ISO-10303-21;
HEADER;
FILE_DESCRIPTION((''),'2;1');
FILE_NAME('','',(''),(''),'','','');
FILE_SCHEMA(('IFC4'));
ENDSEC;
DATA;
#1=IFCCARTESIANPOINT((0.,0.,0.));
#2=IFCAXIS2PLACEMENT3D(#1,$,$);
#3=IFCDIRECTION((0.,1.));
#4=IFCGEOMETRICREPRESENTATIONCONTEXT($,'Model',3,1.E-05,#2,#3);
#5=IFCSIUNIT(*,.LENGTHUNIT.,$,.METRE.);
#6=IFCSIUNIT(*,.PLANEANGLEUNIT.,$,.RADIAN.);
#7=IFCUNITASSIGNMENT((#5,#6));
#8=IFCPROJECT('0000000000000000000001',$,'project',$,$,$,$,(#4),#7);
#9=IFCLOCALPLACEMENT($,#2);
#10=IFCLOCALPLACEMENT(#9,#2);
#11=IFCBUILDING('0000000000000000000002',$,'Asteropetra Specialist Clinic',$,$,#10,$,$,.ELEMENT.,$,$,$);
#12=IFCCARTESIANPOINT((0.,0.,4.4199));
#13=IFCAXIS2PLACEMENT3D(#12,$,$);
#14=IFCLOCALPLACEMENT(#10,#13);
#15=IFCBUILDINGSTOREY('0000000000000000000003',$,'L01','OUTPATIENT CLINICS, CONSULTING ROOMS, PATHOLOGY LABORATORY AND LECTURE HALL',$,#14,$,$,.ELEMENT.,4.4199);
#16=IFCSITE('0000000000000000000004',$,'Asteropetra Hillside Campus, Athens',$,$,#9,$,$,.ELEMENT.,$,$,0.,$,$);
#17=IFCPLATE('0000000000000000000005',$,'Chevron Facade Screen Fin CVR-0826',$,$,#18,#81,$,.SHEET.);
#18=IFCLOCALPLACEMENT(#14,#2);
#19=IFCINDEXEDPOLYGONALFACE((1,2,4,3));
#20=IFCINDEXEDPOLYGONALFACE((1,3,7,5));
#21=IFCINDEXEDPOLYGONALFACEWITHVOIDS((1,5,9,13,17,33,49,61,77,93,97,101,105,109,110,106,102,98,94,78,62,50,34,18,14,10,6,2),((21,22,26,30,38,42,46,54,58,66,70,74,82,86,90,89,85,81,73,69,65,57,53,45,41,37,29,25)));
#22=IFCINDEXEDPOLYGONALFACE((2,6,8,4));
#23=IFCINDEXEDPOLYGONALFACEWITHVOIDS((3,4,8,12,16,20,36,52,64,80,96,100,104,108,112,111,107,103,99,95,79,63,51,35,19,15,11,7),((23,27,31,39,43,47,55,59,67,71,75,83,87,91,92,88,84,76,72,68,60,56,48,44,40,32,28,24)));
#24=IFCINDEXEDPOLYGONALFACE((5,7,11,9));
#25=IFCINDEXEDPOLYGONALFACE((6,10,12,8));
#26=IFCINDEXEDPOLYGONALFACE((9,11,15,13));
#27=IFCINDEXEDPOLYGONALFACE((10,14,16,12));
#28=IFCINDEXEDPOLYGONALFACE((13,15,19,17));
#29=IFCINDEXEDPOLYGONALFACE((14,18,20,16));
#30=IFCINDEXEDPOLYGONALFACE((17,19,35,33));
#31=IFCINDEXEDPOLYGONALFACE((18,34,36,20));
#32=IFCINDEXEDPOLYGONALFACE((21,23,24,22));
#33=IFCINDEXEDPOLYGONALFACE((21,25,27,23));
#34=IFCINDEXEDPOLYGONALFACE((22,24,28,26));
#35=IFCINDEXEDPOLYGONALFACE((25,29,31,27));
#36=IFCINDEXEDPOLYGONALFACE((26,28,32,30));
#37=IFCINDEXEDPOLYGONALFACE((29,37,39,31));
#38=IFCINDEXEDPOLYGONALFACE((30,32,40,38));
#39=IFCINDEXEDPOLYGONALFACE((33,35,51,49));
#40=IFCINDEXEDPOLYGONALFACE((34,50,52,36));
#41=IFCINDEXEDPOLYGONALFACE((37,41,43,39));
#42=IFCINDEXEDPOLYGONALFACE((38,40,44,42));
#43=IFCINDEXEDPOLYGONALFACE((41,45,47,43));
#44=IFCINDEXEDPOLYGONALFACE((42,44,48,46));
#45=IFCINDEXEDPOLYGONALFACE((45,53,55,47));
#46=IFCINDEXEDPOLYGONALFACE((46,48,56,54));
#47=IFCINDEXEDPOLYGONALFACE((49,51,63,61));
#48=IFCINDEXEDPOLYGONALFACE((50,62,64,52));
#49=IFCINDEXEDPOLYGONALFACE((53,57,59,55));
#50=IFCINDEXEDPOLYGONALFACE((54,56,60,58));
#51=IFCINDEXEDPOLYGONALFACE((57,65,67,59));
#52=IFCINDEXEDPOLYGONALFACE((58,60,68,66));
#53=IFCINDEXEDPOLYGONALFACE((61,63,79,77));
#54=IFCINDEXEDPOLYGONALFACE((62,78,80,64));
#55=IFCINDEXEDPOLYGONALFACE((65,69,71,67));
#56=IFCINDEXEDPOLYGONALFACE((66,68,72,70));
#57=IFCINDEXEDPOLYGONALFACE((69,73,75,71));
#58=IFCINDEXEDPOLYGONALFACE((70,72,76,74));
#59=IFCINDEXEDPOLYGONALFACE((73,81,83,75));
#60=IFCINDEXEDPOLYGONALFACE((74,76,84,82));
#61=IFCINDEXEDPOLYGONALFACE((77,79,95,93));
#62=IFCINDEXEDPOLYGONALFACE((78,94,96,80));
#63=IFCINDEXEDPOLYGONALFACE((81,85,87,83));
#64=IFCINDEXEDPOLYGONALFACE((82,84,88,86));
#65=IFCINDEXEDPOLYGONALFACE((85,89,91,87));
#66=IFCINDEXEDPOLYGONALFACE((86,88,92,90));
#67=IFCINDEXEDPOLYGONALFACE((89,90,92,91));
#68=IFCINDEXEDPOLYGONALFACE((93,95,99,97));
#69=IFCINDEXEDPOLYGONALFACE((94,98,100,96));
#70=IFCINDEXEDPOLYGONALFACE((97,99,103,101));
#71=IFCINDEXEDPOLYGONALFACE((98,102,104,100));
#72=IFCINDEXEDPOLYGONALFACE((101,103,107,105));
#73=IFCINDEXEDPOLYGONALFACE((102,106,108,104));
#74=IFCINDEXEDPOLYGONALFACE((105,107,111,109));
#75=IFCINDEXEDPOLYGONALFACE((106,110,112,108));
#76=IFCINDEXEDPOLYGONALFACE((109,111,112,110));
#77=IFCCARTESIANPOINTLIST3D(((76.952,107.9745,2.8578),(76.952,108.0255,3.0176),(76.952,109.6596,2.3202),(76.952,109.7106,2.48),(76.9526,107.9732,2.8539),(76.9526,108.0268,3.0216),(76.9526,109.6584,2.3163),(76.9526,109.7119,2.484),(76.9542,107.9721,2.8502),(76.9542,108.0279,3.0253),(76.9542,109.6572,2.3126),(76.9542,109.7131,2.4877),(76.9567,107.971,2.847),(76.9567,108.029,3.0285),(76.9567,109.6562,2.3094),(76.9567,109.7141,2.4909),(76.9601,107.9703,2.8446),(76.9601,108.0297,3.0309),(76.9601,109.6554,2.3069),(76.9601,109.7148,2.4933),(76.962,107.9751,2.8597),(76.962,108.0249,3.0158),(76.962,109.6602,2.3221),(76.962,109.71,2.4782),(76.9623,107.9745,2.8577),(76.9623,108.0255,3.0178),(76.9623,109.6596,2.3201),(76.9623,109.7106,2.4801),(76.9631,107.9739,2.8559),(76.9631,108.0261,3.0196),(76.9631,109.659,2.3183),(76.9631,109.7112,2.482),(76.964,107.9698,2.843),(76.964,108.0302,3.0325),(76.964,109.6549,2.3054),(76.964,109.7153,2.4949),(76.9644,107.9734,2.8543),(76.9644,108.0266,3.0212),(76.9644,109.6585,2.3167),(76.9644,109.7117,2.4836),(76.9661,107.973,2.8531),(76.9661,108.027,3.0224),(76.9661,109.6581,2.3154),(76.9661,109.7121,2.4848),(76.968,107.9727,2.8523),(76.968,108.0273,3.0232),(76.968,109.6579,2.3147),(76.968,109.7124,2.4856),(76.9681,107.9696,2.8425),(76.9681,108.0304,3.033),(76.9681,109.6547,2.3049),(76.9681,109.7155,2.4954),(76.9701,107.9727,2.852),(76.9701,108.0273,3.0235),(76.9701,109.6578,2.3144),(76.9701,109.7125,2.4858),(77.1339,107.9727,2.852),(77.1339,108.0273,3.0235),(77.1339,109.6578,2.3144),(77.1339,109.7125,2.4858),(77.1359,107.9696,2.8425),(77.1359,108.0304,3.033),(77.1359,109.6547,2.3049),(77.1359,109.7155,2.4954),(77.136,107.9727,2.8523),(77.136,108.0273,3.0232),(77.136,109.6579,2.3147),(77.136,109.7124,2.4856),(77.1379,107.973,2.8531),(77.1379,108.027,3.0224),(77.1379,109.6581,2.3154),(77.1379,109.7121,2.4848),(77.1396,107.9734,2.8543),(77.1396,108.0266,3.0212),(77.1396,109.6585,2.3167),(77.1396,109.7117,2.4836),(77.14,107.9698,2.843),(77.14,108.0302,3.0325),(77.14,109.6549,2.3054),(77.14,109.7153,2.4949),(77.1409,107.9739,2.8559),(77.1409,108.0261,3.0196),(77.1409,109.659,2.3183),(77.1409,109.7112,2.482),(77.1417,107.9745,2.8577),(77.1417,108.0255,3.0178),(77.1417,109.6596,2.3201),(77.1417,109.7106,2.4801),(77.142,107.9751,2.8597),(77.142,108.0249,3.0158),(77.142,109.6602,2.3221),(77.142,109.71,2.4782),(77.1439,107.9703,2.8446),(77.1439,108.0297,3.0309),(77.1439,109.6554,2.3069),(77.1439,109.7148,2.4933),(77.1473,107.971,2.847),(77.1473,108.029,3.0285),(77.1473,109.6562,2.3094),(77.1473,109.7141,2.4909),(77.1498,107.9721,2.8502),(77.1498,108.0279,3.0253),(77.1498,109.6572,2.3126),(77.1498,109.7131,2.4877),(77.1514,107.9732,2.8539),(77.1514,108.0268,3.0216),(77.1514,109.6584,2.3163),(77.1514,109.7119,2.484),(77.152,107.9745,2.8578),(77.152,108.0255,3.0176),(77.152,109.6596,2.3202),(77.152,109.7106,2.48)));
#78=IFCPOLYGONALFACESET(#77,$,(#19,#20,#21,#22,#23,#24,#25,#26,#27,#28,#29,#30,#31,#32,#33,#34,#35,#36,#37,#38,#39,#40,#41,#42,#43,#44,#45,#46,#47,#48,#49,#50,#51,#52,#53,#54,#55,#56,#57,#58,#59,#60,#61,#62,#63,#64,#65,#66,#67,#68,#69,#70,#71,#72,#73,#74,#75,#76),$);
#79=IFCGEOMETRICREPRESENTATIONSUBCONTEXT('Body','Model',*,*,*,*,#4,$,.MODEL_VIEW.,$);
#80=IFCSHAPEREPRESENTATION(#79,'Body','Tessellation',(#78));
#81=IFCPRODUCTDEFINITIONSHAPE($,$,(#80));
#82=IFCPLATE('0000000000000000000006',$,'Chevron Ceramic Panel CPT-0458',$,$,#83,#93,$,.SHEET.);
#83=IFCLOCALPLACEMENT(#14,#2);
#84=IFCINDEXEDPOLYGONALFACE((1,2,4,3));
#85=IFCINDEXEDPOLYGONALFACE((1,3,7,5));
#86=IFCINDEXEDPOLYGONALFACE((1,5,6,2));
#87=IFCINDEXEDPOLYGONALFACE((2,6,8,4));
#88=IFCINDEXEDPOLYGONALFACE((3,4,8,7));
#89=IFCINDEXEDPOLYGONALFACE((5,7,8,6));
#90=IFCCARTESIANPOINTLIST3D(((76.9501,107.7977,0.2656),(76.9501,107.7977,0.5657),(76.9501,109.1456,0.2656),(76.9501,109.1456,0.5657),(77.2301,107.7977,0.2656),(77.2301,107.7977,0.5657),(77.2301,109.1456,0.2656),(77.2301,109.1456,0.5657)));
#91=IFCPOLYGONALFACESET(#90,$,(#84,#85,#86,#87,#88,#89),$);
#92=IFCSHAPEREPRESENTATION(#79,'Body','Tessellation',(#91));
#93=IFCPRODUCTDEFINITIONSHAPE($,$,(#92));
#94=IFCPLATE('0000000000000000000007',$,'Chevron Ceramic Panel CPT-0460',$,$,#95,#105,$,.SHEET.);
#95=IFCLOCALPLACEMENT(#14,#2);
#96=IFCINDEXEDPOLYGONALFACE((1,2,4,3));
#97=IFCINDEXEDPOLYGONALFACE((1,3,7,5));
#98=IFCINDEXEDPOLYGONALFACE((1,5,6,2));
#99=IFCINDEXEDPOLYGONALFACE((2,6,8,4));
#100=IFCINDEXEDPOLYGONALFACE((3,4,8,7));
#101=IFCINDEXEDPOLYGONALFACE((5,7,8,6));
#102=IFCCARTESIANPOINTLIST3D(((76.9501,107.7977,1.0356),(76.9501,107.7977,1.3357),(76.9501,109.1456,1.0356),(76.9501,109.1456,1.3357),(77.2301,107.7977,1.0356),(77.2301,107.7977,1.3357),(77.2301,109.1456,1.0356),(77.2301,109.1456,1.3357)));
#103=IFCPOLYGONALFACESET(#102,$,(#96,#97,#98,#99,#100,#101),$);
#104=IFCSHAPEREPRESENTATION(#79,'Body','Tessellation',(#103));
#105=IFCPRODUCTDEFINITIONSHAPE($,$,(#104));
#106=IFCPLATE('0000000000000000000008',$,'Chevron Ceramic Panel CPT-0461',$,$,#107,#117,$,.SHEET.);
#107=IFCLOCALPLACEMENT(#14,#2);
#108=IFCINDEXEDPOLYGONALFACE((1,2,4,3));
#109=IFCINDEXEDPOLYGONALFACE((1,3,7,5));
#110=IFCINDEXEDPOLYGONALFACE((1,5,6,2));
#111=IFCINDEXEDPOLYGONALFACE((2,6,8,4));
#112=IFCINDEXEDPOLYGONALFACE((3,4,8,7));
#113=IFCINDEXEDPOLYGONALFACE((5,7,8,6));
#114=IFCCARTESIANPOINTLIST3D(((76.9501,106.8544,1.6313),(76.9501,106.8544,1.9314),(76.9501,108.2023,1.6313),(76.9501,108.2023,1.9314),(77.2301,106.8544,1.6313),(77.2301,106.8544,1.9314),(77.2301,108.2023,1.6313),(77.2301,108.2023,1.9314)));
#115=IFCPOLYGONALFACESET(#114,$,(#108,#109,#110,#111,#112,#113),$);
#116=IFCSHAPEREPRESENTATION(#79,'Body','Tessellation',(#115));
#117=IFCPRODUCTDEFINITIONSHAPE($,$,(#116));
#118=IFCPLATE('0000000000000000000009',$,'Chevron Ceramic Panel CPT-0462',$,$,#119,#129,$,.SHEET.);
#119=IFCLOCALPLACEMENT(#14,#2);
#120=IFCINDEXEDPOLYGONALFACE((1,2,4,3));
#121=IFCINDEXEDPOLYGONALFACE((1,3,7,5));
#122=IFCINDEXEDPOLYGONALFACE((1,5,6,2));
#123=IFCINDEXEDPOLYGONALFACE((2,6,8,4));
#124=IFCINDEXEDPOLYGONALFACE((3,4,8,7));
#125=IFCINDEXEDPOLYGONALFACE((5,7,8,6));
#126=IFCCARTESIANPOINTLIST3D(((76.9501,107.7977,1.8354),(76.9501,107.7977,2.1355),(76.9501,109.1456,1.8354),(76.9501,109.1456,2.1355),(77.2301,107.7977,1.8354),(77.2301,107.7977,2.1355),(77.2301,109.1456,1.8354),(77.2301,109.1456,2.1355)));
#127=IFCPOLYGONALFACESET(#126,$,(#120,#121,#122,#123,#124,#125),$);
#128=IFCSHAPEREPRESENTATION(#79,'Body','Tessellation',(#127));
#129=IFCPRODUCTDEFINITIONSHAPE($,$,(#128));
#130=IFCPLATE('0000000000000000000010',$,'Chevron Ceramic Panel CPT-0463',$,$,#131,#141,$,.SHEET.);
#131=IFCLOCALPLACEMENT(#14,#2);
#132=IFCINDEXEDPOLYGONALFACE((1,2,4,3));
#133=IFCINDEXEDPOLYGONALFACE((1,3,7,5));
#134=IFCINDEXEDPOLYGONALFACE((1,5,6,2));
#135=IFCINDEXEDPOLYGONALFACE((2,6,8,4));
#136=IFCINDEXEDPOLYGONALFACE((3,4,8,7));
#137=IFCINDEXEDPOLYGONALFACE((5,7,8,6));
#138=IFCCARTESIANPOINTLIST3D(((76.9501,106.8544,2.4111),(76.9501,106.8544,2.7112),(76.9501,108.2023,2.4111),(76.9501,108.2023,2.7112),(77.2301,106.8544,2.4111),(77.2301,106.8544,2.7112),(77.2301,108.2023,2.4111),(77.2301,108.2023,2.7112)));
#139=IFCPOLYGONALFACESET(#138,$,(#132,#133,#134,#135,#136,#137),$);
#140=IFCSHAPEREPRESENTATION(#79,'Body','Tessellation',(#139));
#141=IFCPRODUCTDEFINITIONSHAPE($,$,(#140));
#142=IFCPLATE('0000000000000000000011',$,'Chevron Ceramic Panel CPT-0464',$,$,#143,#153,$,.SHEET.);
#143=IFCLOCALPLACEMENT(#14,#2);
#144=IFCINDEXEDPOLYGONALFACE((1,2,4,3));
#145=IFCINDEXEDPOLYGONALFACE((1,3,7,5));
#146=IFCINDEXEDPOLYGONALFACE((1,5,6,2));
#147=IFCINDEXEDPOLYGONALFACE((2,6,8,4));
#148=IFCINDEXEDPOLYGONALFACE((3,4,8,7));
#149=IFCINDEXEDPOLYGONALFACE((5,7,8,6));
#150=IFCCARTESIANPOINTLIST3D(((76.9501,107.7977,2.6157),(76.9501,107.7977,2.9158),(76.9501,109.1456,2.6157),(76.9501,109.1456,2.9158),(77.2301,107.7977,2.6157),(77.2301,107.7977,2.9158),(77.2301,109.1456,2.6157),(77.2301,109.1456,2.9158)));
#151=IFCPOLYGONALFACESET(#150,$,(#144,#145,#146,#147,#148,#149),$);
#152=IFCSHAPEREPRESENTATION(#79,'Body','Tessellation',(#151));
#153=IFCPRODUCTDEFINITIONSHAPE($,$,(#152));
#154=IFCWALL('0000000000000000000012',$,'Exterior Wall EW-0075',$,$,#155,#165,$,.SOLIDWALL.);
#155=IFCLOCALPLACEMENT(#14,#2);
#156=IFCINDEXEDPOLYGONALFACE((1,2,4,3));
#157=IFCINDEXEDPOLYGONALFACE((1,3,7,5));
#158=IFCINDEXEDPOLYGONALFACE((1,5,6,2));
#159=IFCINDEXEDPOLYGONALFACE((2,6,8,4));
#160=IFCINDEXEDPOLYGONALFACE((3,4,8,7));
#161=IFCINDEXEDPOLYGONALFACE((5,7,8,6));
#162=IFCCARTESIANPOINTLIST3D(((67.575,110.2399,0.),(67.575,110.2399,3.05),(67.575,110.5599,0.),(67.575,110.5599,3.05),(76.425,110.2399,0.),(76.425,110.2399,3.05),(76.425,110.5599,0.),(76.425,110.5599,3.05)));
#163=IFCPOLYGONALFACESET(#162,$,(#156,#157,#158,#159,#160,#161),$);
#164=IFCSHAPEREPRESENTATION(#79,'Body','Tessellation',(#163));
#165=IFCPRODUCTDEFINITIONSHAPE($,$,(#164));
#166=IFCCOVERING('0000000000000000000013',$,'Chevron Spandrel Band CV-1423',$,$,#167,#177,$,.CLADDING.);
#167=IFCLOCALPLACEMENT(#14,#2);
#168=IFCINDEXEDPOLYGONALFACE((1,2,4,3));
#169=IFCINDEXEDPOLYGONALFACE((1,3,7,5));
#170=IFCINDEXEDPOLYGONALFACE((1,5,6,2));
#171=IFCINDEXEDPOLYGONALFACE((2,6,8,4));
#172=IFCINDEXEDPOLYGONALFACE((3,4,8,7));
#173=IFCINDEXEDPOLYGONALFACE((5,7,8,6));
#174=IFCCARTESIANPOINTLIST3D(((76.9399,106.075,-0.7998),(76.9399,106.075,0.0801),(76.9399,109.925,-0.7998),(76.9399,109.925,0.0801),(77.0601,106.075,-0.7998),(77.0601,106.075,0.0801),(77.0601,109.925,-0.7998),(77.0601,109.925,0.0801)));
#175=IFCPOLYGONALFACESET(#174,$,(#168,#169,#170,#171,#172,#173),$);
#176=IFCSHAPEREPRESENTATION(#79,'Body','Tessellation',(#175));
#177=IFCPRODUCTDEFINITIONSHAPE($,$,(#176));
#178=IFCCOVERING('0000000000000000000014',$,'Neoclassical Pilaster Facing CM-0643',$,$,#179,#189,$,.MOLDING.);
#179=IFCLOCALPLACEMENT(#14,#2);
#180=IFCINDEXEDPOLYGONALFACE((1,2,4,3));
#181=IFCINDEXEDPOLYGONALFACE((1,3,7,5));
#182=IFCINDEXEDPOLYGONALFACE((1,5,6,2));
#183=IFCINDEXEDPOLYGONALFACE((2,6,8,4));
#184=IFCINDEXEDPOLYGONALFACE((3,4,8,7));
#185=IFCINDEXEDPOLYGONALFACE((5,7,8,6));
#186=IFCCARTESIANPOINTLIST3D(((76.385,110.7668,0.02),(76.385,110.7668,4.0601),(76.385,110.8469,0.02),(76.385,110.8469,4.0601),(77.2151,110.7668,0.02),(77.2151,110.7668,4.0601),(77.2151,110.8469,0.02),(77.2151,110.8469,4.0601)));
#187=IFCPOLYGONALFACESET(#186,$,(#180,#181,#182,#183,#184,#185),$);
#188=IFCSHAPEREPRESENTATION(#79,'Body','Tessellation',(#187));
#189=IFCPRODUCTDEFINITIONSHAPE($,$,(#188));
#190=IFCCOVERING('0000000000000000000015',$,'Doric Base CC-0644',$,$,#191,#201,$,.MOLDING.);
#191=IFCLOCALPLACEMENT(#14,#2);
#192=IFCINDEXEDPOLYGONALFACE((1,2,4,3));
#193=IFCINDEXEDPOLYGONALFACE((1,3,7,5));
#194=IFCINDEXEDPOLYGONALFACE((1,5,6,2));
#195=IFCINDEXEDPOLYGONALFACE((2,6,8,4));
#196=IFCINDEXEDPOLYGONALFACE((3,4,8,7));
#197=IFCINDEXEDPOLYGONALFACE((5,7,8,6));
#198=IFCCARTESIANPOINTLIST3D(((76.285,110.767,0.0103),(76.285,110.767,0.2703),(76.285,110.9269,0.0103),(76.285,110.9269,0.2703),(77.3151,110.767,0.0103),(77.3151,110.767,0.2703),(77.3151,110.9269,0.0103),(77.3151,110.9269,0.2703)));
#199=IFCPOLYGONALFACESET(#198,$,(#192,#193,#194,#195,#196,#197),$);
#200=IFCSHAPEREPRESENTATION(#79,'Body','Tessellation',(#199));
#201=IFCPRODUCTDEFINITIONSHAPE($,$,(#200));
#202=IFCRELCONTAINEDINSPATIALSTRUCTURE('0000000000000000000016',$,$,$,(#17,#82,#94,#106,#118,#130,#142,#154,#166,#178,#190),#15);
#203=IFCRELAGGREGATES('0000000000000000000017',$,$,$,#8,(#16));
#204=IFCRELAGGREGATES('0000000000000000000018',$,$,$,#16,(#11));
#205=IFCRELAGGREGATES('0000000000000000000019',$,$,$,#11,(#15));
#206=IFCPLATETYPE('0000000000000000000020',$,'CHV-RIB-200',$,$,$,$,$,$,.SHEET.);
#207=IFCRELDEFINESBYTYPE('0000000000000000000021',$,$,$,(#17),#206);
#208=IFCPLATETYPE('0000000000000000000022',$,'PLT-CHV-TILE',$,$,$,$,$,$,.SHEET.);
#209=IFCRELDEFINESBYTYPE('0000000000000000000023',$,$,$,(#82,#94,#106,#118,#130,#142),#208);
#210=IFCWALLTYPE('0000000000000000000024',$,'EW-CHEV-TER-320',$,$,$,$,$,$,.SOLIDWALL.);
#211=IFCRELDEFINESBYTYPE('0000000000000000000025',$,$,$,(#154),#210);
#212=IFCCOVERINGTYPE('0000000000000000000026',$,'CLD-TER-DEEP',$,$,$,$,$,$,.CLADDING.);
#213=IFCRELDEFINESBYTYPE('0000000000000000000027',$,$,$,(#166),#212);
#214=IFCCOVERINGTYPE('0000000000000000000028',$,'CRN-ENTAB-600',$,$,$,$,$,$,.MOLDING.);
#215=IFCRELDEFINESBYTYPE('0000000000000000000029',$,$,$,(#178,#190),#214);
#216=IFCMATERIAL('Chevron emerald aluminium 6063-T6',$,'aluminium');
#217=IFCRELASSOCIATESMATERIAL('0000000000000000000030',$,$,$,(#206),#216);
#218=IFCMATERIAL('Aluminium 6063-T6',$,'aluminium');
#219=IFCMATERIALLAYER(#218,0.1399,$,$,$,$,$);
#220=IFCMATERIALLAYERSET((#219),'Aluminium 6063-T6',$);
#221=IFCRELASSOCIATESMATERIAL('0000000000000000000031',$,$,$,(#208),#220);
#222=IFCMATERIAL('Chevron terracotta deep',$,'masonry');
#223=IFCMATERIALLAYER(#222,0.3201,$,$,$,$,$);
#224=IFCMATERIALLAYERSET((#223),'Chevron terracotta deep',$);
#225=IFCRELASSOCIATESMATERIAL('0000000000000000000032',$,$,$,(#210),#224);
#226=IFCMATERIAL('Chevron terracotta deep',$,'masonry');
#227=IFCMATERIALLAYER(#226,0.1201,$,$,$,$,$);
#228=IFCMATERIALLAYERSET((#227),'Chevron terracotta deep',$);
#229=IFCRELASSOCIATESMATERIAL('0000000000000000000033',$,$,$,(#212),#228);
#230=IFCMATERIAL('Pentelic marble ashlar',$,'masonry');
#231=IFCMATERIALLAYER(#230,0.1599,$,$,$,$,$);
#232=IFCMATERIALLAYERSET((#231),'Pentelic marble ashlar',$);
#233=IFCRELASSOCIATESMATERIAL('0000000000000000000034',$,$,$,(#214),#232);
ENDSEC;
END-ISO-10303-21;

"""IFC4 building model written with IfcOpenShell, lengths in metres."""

from ifc_helpers import new_model, si_unit, direction, frame, frame_2d, origin, origin_2d, place, context, subcontext, project, spatial, rectangle, hollow_rectangle, extrude, material, layer, layer_set, material_profile, profile_set, type_object, element, save


model = new_model("IFC4")

# Units and contexts
model_context = context("Model", 3, precision=1e-05, world=origin(), true_north=direction((0.0, 1.0)))
body_context = subcontext(model_context, "Body", "Model", "MODEL_VIEW")
ifc_project = project(units=[si_unit("LENGTHUNIT", "METRE"), si_unit("PLANEANGLEUNIT", "RADIAN")], contexts=[model_context])

# Site, building, storey
site_placement = place(None, origin())
site = spatial("IfcSite", under=ifc_project, at=site_placement, Name="Asteropetra Hillside Campus, Athens", CompositionType="ELEMENT", RefElevation=0.0)
building_placement = place(site_placement, origin())
building = spatial("IfcBuilding", under=site, at=building_placement, Name="Asteropetra Specialist Clinic", CompositionType="ELEMENT")
storey_placement = place(building_placement, frame((0.0, 0.0, 4.4199)))
storey = spatial("IfcBuildingStorey", under=building, at=storey_placement, Name="L01", Description="OUTPATIENT CLINICS, CONSULTING ROOMS, PATHOLOGY LABORATORY AND LECTURE HALL", CompositionType="ELEMENT", Elevation=4.4199)

# Plates
ifc_material_1 = material(Name="Chevron emerald aluminium 6063-T6", Category="aluminium")
ifc_material_profile_1 = material_profile(ifc_material_1, hollow_rectangle(XDim=0.2, YDim=0.2, WallThickness=0.01, InnerFilletRadius=0.0081, OuterFilletRadius=0.0161, at=origin_2d()), Name="SHS 200x200x10.0")
ifc_profile_set_1 = profile_set([ifc_material_profile_1], Name="Chevron emerald aluminium 6063-T6")
plate_type_1 = type_object("IfcPlateType", Name="CHV-RIB-200", PredefinedType="SHEET", material=ifc_profile_set_1)
for number, where, z_axis, x_axis, name in (
    (1, (77.052, 108.0, 2.9377), (0.0, 0.95269, -0.303944), (-1.0, 0.0, 0.0), "Chevron Facade Screen Fin CVR-0826"),
):
    element("IfcPlate", number, at=place(storey_placement, frame(where, z_axis=z_axis, x_axis=x_axis)), inside=storey, type_object=plate_type_1, Name=name, PredefinedType="SHEET", context=body_context, shape_type="SweptSolid", body=[
        extrude(hollow_rectangle(XDim=0.2, YDim=0.2, WallThickness=0.01, InnerFilletRadius=0.0081, OuterFilletRadius=0.0161, at=origin_2d()), origin(), (0.0, 0.0, 1.0), 1.7688),
    ])
ifc_material_2 = material(Name="Aluminium 6063-T6", Category="aluminium")
ifc_layer_1 = layer(ifc_material_2, 0.1399)
ifc_layer_set_1 = layer_set([ifc_layer_1], Name="Aluminium 6063-T6")
plate_type_2 = type_object("IfcPlateType", Name="PLT-CHV-TILE", PredefinedType="SHEET", material=ifc_layer_set_1)
for number, where, z_axis, x_axis, name in (
    (2, (77.0901, 108.4717, 0.2656), (0.0, 0.0, 1.0), (1.0, 0.0, 0.0), "Chevron Ceramic Panel CPT-0458"),
    (3, (77.0901, 108.4717, 1.0356), (0.0, 0.0, 1.0), (1.0, 0.0, 0.0), "Chevron Ceramic Panel CPT-0460"),
    (4, (77.0901, 107.5283, 1.6313), (0.0, 0.0, 1.0), (1.0, 0.0, 0.0), "Chevron Ceramic Panel CPT-0461"),
    (5, (77.0901, 108.4717, 1.8354), (0.0, 0.0, 1.0), (1.0, 0.0, 0.0), "Chevron Ceramic Panel CPT-0462"),
    (6, (77.0901, 107.5283, 2.4111), (0.0, 0.0, 1.0), (1.0, 0.0, 0.0), "Chevron Ceramic Panel CPT-0463"),
    (7, (77.0901, 108.4717, 2.6157), (0.0, 0.0, 1.0), (1.0, 0.0, 0.0), "Chevron Ceramic Panel CPT-0464"),
):
    element("IfcPlate", number, at=place(storey_placement, frame(where, z_axis=z_axis, x_axis=x_axis)), inside=storey, type_object=plate_type_2, Name=name, PredefinedType="SHEET", context=body_context, shape_type="SweptSolid", body=[
        extrude(rectangle(XDim=0.28, YDim=1.3479, at=origin_2d()), origin(), (0.0, 0.0, 1.0), 0.3),
    ])

# Wall
ifc_material_3 = material(Name="Chevron terracotta deep", Category="masonry")
ifc_layer_2 = layer(ifc_material_3, 0.3201)
ifc_layer_set_2 = layer_set([ifc_layer_2], Name="Chevron terracotta deep")
wall_type = type_object("IfcWallType", Name="EW-CHEV-TER-320", PredefinedType="SOLIDWALL", material=ifc_layer_set_2)
wall_placement = place(storey_placement, frame((76.425, 110.3999, 0.0), z_axis=(0.0, 0.0, 1.0), x_axis=(-1.0, 0.0, 0.0)))
element("IfcWall", 8, at=wall_placement, inside=storey, type_object=wall_type, Name="Exterior Wall EW-0075", PredefinedType="SOLIDWALL", context=body_context, shape_type="SweptSolid", body=[
    extrude(rectangle(XDim=8.8501, YDim=0.3201, at=frame_2d((4.425, 0.0))), origin(), (0.0, 0.0, 1.0), 3.05),
])

# Coverings
ifc_material_4 = material(Name="Chevron terracotta deep", Category="masonry")
ifc_layer_3 = layer(ifc_material_4, 0.1201)
ifc_layer_set_3 = layer_set([ifc_layer_3], Name="Chevron terracotta deep")
covering_type_1 = type_object("IfcCoveringType", Name="CLD-TER-DEEP", PredefinedType="CLADDING", material=ifc_layer_set_3)
covering_1_placement = place(storey_placement, frame((77.0, 108.0, -0.7998), z_axis=(0.0, 0.0, 1.0), x_axis=(1.0, 0.0, 0.0)))
element("IfcCovering", 9, at=covering_1_placement, inside=storey, type_object=covering_type_1, Name="Chevron Spandrel Band CV-1423", PredefinedType="CLADDING", context=body_context, shape_type="SweptSolid", body=[
    extrude(rectangle(XDim=0.1201, YDim=3.8501, at=origin_2d()), origin(), (0.0, 0.0, 1.0), 0.8799),
])
ifc_material_5 = material(Name="Pentelic marble ashlar", Category="masonry")
ifc_layer_4 = layer(ifc_material_5, 0.1599)
ifc_layer_set_4 = layer_set([ifc_layer_4], Name="Pentelic marble ashlar")
covering_type_2 = type_object("IfcCoveringType", Name="CRN-ENTAB-600", PredefinedType="MOLDING", material=ifc_layer_set_4)
covering_2_placement = place(storey_placement, frame((76.8, 110.8069, 0.02), z_axis=(0.0, 0.0, 1.0), x_axis=(1.0, 0.0, 0.0)))
element("IfcCovering", 10, at=covering_2_placement, inside=storey, type_object=covering_type_2, Name="Neoclassical Pilaster Facing CM-0643", PredefinedType="MOLDING", context=body_context, shape_type="SweptSolid", body=[
    extrude(rectangle(XDim=0.8301, YDim=0.0801, at=origin_2d()), origin(), (0.0, 0.0, 1.0), 4.04),
])
for number, where, z_axis, x_axis, name in (
    (11, (76.8, 110.8469, 0.0103), (0.0, 0.0, 1.0), (1.0, 0.0, 0.0), "Doric Base CC-0644"),
):
    element("IfcCovering", number, at=place(storey_placement, frame(where, z_axis=z_axis, x_axis=x_axis)), inside=storey, type_object=covering_type_2, Name=name, PredefinedType="MOLDING", context=body_context, shape_type="SweptSolid", body=[
        extrude(rectangle(XDim=1.03, YDim=0.1599, at=origin_2d()), origin(), (0.0, 0.0, 1.0), 0.26),
    ])

save(model, "model.ifc")
